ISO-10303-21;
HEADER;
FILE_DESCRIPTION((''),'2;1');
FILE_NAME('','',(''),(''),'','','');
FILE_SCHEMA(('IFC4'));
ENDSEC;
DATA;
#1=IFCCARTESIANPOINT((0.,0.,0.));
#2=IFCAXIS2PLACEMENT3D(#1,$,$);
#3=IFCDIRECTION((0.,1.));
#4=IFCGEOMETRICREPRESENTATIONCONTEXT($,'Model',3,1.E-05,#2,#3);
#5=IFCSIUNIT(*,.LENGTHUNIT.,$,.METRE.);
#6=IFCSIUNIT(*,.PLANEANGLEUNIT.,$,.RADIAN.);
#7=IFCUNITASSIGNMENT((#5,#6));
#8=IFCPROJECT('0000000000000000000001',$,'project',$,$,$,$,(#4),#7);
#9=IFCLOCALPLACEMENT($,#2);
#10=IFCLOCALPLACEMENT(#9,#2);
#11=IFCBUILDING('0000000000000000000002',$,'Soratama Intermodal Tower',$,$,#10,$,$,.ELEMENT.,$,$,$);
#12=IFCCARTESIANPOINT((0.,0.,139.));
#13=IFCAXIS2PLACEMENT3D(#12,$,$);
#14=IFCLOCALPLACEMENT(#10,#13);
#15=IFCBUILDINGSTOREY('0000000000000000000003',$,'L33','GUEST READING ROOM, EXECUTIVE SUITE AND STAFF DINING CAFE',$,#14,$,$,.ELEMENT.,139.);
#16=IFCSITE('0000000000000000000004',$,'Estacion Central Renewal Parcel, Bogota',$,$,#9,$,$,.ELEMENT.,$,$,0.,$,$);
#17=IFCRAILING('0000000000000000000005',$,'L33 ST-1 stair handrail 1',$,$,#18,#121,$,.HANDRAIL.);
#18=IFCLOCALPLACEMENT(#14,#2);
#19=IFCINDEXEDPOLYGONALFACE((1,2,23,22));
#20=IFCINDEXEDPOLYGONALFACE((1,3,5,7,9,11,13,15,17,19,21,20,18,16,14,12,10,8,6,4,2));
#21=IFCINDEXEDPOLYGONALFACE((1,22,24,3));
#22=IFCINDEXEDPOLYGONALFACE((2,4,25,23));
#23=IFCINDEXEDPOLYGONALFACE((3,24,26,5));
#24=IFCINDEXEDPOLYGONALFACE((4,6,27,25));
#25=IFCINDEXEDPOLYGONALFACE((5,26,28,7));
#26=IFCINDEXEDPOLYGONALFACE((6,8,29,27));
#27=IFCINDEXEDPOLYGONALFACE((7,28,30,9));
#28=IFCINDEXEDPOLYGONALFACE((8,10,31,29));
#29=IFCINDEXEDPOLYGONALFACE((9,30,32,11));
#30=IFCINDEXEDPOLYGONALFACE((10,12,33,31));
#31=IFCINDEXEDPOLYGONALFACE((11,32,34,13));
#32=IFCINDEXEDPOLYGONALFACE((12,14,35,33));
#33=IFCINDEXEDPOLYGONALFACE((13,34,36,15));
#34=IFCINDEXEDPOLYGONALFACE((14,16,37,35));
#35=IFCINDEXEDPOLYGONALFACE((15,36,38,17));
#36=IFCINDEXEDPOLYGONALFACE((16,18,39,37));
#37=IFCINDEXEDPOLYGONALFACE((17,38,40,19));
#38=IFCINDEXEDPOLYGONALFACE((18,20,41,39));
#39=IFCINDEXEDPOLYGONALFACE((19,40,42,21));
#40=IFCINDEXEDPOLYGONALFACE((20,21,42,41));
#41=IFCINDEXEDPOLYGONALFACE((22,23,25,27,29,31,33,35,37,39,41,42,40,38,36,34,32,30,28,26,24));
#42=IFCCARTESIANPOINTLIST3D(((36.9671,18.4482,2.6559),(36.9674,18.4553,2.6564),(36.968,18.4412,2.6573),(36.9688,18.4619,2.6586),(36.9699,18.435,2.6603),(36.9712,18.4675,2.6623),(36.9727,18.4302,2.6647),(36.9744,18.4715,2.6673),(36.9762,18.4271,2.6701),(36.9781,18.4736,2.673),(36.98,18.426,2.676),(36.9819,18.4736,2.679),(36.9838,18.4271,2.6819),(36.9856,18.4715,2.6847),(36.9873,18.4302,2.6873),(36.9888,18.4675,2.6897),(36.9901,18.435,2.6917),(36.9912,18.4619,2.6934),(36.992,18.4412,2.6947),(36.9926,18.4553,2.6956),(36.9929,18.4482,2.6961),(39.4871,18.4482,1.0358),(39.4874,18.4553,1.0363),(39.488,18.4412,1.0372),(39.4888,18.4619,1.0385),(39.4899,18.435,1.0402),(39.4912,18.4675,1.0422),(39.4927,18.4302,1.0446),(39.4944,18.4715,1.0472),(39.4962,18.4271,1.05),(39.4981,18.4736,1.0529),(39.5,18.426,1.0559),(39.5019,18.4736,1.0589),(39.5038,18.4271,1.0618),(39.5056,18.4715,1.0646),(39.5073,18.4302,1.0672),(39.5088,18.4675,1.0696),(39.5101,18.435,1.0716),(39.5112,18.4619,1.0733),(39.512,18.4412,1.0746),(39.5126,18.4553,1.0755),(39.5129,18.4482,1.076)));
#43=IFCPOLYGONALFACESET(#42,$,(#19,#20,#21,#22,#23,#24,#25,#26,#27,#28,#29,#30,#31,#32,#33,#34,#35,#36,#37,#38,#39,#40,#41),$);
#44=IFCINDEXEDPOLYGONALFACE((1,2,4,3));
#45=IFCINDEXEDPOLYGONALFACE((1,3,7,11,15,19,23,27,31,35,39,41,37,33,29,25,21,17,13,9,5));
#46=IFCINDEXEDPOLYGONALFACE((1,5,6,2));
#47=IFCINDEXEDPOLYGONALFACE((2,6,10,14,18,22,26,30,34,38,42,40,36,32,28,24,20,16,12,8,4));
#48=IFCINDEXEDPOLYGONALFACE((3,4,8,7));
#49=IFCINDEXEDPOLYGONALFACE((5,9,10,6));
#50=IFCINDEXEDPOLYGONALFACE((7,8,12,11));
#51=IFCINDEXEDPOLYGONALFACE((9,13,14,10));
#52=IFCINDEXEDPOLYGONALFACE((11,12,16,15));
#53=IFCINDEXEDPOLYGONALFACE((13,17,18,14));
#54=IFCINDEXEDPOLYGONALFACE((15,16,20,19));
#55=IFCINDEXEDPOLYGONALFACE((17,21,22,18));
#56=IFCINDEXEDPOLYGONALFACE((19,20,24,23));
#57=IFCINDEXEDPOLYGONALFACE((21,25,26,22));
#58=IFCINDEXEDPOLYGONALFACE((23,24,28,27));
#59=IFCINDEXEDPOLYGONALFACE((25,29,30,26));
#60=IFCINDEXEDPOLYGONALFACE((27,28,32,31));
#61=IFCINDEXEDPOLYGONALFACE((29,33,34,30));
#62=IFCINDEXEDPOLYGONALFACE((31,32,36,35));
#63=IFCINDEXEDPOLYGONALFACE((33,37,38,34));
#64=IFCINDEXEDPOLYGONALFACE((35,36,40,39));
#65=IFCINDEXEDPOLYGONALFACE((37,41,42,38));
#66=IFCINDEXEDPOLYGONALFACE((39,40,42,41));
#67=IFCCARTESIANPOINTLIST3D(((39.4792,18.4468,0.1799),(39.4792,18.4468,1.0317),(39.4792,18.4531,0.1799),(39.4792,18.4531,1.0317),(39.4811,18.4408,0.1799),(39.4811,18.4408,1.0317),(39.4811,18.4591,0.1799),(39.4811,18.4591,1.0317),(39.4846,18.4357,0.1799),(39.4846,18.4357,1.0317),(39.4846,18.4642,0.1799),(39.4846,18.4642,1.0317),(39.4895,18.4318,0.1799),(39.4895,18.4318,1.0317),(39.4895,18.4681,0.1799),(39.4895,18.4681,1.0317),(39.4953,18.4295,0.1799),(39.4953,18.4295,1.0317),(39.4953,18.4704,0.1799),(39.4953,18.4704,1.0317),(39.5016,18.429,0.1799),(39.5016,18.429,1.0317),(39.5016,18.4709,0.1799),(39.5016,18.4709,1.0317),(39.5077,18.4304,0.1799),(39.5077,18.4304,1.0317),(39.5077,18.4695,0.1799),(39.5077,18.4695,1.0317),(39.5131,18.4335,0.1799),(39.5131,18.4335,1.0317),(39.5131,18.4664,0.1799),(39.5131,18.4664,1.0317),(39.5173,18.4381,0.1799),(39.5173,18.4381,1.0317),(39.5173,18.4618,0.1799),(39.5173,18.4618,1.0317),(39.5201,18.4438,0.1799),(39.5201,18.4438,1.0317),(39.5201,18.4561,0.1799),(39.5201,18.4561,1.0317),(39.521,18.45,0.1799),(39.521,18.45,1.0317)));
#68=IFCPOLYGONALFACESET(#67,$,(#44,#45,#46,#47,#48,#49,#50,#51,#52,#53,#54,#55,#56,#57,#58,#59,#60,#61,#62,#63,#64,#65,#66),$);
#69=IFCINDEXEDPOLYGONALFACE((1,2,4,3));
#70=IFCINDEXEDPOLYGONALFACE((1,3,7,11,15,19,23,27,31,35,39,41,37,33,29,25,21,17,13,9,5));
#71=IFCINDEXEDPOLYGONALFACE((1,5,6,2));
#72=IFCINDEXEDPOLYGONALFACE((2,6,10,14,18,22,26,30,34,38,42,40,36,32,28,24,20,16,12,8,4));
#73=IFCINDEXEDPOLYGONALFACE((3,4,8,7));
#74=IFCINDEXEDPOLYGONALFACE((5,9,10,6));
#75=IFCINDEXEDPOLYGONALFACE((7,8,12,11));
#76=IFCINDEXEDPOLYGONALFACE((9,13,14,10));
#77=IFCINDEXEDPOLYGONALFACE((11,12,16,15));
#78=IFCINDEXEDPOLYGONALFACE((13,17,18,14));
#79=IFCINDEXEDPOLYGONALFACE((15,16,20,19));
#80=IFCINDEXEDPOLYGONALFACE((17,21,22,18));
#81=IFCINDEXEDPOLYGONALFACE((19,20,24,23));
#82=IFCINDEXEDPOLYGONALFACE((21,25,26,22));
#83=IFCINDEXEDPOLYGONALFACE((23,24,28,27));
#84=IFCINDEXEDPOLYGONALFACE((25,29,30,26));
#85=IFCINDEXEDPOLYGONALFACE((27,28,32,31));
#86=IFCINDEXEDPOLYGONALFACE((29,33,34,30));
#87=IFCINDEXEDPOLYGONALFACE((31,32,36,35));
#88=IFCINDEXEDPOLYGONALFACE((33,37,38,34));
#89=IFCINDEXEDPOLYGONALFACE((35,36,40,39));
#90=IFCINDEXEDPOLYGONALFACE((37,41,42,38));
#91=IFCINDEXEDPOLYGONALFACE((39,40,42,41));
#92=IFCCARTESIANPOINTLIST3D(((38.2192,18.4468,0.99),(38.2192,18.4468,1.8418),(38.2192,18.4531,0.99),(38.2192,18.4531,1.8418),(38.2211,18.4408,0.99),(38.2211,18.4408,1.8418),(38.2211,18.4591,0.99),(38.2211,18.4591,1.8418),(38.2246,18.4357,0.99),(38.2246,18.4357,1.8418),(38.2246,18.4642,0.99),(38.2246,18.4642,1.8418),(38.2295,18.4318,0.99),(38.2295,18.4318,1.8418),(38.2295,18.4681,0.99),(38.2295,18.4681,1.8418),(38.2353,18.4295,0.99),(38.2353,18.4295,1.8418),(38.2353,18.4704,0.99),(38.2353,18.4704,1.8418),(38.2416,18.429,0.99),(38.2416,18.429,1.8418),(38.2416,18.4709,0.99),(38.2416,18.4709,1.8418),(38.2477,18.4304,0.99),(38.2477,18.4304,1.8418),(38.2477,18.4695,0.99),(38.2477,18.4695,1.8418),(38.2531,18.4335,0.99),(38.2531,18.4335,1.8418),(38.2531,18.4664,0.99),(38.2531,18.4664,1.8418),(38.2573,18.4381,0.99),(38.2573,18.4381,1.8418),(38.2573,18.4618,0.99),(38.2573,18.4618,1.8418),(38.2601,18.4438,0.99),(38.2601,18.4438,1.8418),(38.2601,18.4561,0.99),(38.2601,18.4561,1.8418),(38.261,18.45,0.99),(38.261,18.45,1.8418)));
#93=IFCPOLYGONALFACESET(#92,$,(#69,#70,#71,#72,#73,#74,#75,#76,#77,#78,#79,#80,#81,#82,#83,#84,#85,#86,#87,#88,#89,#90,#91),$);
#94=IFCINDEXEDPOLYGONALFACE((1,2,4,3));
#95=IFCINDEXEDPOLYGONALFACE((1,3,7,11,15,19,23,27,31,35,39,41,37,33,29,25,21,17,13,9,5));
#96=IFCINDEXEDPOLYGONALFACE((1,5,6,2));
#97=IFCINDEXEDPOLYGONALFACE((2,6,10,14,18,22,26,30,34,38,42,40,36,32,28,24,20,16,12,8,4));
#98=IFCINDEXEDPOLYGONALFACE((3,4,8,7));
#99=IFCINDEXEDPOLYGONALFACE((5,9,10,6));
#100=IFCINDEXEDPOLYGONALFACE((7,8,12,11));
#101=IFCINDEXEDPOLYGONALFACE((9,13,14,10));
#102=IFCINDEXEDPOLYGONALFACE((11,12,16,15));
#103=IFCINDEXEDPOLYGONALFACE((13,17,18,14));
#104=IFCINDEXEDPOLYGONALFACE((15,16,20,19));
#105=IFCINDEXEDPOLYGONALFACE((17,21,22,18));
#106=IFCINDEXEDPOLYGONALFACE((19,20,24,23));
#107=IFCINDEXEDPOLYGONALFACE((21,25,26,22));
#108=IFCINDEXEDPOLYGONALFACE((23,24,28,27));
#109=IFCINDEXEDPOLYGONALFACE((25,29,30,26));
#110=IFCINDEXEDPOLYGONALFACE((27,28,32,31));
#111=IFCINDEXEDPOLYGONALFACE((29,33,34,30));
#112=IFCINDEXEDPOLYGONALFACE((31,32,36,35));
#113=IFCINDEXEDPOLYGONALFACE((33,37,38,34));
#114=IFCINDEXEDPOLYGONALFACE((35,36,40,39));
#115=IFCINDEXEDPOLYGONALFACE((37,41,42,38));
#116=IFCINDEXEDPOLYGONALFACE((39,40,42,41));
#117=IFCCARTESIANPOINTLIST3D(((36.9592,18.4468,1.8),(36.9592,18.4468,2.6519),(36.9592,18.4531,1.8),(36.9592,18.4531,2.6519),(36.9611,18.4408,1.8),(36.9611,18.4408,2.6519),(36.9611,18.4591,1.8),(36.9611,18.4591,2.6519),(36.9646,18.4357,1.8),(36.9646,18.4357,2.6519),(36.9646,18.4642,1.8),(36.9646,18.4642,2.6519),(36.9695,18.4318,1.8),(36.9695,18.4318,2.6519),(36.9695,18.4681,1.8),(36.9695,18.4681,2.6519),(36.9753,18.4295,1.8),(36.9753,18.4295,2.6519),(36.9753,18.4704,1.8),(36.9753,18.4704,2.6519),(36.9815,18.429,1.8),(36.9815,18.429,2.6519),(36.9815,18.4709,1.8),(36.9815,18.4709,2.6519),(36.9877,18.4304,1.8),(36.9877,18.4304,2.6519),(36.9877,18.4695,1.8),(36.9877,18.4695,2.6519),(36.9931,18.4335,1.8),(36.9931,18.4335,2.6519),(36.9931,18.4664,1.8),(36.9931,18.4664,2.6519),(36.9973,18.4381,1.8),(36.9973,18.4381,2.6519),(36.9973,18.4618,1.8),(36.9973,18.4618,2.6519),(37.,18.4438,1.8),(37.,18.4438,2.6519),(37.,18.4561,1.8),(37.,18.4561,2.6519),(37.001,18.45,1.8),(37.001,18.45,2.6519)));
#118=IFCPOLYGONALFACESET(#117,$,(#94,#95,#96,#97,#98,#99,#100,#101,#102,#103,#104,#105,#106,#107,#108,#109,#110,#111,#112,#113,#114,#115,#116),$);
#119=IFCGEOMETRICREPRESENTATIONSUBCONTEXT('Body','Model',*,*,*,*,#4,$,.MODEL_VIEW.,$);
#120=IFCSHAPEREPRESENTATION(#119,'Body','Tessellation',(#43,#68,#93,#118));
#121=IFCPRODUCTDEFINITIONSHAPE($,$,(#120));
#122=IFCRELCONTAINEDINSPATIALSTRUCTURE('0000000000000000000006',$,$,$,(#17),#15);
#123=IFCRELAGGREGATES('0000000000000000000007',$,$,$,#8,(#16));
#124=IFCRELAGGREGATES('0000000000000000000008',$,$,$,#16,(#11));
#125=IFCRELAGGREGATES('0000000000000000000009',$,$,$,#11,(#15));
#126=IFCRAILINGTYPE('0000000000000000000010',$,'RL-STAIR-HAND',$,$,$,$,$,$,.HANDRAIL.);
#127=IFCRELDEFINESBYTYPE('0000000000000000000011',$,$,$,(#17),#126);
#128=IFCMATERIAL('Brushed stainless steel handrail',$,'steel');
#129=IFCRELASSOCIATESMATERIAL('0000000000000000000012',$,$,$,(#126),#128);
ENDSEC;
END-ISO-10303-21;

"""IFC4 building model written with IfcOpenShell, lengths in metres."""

from ifc_helpers import new_model, si_unit, direction, frame, origin, origin_2d, place, context, subcontext, project, spatial, circle, extrude, material, type_object, element, save


model = new_model("IFC4")

# Units and contexts
model_context = context("Model", 3, precision=1e-05, world=origin(), true_north=direction((0.0, 1.0)))
body_context = subcontext(model_context, "Body", "Model", "MODEL_VIEW")
ifc_project = project(units=[si_unit("LENGTHUNIT", "METRE"), si_unit("PLANEANGLEUNIT", "RADIAN")], contexts=[model_context])

# Site, building, storey
site_placement = place(None, origin())
site = spatial("IfcSite", under=ifc_project, at=site_placement, Name="Estacion Central Renewal Parcel, Bogota", CompositionType="ELEMENT", RefElevation=0.0)
building_placement = place(site_placement, origin())
building = spatial("IfcBuilding", under=site, at=building_placement, Name="Soratama Intermodal Tower", CompositionType="ELEMENT")
storey_placement = place(building_placement, frame((0.0, 0.0, 139.0)))
storey = spatial("IfcBuildingStorey", under=building, at=storey_placement, Name="L33", Description="GUEST READING ROOM, EXECUTIVE SUITE AND STAFF DINING CAFE", CompositionType="ELEMENT", Elevation=139.0)

# Railing
ifc_material_1 = material(Name="Brushed stainless steel handrail", Category="steel")
railing_type_1 = type_object("IfcRailingType", Name="RL-STAIR-HAND", PredefinedType="HANDRAIL", material=ifc_material_1)
railing_1_placement = place(storey_placement, frame((39.5, 18.45, 0.1799)))
element("IfcRailing", 1, at=railing_1_placement, inside=storey, type_object=railing_type_1, Name="L33 ST-1 stair handrail 1", PredefinedType="HANDRAIL", context=body_context, shape_type="SweptSolid", body=[
    extrude(circle(Radius=0.0239, at=origin_2d()), frame((0.0, 0.0, 0.876), z_axis=(-0.841163, 0.0, 0.540782), x_axis=(0.0, -1.0, 0.0)), (0.0, 0.0, 1.0), 2.9958),
    extrude(circle(Radius=0.021, at=origin_2d()), origin(), (0.0, 0.0, 1.0), 0.8518),
    extrude(circle(Radius=0.021, at=origin_2d()), frame((-1.26, 0.0, 0.8101)), (0.0, 0.0, 1.0), 0.8518),
    extrude(circle(Radius=0.021, at=origin_2d()), frame((-2.52, 0.0, 1.6201)), (0.0, 0.0, 1.0), 0.8518),
])

save(model, "model.ifc")
